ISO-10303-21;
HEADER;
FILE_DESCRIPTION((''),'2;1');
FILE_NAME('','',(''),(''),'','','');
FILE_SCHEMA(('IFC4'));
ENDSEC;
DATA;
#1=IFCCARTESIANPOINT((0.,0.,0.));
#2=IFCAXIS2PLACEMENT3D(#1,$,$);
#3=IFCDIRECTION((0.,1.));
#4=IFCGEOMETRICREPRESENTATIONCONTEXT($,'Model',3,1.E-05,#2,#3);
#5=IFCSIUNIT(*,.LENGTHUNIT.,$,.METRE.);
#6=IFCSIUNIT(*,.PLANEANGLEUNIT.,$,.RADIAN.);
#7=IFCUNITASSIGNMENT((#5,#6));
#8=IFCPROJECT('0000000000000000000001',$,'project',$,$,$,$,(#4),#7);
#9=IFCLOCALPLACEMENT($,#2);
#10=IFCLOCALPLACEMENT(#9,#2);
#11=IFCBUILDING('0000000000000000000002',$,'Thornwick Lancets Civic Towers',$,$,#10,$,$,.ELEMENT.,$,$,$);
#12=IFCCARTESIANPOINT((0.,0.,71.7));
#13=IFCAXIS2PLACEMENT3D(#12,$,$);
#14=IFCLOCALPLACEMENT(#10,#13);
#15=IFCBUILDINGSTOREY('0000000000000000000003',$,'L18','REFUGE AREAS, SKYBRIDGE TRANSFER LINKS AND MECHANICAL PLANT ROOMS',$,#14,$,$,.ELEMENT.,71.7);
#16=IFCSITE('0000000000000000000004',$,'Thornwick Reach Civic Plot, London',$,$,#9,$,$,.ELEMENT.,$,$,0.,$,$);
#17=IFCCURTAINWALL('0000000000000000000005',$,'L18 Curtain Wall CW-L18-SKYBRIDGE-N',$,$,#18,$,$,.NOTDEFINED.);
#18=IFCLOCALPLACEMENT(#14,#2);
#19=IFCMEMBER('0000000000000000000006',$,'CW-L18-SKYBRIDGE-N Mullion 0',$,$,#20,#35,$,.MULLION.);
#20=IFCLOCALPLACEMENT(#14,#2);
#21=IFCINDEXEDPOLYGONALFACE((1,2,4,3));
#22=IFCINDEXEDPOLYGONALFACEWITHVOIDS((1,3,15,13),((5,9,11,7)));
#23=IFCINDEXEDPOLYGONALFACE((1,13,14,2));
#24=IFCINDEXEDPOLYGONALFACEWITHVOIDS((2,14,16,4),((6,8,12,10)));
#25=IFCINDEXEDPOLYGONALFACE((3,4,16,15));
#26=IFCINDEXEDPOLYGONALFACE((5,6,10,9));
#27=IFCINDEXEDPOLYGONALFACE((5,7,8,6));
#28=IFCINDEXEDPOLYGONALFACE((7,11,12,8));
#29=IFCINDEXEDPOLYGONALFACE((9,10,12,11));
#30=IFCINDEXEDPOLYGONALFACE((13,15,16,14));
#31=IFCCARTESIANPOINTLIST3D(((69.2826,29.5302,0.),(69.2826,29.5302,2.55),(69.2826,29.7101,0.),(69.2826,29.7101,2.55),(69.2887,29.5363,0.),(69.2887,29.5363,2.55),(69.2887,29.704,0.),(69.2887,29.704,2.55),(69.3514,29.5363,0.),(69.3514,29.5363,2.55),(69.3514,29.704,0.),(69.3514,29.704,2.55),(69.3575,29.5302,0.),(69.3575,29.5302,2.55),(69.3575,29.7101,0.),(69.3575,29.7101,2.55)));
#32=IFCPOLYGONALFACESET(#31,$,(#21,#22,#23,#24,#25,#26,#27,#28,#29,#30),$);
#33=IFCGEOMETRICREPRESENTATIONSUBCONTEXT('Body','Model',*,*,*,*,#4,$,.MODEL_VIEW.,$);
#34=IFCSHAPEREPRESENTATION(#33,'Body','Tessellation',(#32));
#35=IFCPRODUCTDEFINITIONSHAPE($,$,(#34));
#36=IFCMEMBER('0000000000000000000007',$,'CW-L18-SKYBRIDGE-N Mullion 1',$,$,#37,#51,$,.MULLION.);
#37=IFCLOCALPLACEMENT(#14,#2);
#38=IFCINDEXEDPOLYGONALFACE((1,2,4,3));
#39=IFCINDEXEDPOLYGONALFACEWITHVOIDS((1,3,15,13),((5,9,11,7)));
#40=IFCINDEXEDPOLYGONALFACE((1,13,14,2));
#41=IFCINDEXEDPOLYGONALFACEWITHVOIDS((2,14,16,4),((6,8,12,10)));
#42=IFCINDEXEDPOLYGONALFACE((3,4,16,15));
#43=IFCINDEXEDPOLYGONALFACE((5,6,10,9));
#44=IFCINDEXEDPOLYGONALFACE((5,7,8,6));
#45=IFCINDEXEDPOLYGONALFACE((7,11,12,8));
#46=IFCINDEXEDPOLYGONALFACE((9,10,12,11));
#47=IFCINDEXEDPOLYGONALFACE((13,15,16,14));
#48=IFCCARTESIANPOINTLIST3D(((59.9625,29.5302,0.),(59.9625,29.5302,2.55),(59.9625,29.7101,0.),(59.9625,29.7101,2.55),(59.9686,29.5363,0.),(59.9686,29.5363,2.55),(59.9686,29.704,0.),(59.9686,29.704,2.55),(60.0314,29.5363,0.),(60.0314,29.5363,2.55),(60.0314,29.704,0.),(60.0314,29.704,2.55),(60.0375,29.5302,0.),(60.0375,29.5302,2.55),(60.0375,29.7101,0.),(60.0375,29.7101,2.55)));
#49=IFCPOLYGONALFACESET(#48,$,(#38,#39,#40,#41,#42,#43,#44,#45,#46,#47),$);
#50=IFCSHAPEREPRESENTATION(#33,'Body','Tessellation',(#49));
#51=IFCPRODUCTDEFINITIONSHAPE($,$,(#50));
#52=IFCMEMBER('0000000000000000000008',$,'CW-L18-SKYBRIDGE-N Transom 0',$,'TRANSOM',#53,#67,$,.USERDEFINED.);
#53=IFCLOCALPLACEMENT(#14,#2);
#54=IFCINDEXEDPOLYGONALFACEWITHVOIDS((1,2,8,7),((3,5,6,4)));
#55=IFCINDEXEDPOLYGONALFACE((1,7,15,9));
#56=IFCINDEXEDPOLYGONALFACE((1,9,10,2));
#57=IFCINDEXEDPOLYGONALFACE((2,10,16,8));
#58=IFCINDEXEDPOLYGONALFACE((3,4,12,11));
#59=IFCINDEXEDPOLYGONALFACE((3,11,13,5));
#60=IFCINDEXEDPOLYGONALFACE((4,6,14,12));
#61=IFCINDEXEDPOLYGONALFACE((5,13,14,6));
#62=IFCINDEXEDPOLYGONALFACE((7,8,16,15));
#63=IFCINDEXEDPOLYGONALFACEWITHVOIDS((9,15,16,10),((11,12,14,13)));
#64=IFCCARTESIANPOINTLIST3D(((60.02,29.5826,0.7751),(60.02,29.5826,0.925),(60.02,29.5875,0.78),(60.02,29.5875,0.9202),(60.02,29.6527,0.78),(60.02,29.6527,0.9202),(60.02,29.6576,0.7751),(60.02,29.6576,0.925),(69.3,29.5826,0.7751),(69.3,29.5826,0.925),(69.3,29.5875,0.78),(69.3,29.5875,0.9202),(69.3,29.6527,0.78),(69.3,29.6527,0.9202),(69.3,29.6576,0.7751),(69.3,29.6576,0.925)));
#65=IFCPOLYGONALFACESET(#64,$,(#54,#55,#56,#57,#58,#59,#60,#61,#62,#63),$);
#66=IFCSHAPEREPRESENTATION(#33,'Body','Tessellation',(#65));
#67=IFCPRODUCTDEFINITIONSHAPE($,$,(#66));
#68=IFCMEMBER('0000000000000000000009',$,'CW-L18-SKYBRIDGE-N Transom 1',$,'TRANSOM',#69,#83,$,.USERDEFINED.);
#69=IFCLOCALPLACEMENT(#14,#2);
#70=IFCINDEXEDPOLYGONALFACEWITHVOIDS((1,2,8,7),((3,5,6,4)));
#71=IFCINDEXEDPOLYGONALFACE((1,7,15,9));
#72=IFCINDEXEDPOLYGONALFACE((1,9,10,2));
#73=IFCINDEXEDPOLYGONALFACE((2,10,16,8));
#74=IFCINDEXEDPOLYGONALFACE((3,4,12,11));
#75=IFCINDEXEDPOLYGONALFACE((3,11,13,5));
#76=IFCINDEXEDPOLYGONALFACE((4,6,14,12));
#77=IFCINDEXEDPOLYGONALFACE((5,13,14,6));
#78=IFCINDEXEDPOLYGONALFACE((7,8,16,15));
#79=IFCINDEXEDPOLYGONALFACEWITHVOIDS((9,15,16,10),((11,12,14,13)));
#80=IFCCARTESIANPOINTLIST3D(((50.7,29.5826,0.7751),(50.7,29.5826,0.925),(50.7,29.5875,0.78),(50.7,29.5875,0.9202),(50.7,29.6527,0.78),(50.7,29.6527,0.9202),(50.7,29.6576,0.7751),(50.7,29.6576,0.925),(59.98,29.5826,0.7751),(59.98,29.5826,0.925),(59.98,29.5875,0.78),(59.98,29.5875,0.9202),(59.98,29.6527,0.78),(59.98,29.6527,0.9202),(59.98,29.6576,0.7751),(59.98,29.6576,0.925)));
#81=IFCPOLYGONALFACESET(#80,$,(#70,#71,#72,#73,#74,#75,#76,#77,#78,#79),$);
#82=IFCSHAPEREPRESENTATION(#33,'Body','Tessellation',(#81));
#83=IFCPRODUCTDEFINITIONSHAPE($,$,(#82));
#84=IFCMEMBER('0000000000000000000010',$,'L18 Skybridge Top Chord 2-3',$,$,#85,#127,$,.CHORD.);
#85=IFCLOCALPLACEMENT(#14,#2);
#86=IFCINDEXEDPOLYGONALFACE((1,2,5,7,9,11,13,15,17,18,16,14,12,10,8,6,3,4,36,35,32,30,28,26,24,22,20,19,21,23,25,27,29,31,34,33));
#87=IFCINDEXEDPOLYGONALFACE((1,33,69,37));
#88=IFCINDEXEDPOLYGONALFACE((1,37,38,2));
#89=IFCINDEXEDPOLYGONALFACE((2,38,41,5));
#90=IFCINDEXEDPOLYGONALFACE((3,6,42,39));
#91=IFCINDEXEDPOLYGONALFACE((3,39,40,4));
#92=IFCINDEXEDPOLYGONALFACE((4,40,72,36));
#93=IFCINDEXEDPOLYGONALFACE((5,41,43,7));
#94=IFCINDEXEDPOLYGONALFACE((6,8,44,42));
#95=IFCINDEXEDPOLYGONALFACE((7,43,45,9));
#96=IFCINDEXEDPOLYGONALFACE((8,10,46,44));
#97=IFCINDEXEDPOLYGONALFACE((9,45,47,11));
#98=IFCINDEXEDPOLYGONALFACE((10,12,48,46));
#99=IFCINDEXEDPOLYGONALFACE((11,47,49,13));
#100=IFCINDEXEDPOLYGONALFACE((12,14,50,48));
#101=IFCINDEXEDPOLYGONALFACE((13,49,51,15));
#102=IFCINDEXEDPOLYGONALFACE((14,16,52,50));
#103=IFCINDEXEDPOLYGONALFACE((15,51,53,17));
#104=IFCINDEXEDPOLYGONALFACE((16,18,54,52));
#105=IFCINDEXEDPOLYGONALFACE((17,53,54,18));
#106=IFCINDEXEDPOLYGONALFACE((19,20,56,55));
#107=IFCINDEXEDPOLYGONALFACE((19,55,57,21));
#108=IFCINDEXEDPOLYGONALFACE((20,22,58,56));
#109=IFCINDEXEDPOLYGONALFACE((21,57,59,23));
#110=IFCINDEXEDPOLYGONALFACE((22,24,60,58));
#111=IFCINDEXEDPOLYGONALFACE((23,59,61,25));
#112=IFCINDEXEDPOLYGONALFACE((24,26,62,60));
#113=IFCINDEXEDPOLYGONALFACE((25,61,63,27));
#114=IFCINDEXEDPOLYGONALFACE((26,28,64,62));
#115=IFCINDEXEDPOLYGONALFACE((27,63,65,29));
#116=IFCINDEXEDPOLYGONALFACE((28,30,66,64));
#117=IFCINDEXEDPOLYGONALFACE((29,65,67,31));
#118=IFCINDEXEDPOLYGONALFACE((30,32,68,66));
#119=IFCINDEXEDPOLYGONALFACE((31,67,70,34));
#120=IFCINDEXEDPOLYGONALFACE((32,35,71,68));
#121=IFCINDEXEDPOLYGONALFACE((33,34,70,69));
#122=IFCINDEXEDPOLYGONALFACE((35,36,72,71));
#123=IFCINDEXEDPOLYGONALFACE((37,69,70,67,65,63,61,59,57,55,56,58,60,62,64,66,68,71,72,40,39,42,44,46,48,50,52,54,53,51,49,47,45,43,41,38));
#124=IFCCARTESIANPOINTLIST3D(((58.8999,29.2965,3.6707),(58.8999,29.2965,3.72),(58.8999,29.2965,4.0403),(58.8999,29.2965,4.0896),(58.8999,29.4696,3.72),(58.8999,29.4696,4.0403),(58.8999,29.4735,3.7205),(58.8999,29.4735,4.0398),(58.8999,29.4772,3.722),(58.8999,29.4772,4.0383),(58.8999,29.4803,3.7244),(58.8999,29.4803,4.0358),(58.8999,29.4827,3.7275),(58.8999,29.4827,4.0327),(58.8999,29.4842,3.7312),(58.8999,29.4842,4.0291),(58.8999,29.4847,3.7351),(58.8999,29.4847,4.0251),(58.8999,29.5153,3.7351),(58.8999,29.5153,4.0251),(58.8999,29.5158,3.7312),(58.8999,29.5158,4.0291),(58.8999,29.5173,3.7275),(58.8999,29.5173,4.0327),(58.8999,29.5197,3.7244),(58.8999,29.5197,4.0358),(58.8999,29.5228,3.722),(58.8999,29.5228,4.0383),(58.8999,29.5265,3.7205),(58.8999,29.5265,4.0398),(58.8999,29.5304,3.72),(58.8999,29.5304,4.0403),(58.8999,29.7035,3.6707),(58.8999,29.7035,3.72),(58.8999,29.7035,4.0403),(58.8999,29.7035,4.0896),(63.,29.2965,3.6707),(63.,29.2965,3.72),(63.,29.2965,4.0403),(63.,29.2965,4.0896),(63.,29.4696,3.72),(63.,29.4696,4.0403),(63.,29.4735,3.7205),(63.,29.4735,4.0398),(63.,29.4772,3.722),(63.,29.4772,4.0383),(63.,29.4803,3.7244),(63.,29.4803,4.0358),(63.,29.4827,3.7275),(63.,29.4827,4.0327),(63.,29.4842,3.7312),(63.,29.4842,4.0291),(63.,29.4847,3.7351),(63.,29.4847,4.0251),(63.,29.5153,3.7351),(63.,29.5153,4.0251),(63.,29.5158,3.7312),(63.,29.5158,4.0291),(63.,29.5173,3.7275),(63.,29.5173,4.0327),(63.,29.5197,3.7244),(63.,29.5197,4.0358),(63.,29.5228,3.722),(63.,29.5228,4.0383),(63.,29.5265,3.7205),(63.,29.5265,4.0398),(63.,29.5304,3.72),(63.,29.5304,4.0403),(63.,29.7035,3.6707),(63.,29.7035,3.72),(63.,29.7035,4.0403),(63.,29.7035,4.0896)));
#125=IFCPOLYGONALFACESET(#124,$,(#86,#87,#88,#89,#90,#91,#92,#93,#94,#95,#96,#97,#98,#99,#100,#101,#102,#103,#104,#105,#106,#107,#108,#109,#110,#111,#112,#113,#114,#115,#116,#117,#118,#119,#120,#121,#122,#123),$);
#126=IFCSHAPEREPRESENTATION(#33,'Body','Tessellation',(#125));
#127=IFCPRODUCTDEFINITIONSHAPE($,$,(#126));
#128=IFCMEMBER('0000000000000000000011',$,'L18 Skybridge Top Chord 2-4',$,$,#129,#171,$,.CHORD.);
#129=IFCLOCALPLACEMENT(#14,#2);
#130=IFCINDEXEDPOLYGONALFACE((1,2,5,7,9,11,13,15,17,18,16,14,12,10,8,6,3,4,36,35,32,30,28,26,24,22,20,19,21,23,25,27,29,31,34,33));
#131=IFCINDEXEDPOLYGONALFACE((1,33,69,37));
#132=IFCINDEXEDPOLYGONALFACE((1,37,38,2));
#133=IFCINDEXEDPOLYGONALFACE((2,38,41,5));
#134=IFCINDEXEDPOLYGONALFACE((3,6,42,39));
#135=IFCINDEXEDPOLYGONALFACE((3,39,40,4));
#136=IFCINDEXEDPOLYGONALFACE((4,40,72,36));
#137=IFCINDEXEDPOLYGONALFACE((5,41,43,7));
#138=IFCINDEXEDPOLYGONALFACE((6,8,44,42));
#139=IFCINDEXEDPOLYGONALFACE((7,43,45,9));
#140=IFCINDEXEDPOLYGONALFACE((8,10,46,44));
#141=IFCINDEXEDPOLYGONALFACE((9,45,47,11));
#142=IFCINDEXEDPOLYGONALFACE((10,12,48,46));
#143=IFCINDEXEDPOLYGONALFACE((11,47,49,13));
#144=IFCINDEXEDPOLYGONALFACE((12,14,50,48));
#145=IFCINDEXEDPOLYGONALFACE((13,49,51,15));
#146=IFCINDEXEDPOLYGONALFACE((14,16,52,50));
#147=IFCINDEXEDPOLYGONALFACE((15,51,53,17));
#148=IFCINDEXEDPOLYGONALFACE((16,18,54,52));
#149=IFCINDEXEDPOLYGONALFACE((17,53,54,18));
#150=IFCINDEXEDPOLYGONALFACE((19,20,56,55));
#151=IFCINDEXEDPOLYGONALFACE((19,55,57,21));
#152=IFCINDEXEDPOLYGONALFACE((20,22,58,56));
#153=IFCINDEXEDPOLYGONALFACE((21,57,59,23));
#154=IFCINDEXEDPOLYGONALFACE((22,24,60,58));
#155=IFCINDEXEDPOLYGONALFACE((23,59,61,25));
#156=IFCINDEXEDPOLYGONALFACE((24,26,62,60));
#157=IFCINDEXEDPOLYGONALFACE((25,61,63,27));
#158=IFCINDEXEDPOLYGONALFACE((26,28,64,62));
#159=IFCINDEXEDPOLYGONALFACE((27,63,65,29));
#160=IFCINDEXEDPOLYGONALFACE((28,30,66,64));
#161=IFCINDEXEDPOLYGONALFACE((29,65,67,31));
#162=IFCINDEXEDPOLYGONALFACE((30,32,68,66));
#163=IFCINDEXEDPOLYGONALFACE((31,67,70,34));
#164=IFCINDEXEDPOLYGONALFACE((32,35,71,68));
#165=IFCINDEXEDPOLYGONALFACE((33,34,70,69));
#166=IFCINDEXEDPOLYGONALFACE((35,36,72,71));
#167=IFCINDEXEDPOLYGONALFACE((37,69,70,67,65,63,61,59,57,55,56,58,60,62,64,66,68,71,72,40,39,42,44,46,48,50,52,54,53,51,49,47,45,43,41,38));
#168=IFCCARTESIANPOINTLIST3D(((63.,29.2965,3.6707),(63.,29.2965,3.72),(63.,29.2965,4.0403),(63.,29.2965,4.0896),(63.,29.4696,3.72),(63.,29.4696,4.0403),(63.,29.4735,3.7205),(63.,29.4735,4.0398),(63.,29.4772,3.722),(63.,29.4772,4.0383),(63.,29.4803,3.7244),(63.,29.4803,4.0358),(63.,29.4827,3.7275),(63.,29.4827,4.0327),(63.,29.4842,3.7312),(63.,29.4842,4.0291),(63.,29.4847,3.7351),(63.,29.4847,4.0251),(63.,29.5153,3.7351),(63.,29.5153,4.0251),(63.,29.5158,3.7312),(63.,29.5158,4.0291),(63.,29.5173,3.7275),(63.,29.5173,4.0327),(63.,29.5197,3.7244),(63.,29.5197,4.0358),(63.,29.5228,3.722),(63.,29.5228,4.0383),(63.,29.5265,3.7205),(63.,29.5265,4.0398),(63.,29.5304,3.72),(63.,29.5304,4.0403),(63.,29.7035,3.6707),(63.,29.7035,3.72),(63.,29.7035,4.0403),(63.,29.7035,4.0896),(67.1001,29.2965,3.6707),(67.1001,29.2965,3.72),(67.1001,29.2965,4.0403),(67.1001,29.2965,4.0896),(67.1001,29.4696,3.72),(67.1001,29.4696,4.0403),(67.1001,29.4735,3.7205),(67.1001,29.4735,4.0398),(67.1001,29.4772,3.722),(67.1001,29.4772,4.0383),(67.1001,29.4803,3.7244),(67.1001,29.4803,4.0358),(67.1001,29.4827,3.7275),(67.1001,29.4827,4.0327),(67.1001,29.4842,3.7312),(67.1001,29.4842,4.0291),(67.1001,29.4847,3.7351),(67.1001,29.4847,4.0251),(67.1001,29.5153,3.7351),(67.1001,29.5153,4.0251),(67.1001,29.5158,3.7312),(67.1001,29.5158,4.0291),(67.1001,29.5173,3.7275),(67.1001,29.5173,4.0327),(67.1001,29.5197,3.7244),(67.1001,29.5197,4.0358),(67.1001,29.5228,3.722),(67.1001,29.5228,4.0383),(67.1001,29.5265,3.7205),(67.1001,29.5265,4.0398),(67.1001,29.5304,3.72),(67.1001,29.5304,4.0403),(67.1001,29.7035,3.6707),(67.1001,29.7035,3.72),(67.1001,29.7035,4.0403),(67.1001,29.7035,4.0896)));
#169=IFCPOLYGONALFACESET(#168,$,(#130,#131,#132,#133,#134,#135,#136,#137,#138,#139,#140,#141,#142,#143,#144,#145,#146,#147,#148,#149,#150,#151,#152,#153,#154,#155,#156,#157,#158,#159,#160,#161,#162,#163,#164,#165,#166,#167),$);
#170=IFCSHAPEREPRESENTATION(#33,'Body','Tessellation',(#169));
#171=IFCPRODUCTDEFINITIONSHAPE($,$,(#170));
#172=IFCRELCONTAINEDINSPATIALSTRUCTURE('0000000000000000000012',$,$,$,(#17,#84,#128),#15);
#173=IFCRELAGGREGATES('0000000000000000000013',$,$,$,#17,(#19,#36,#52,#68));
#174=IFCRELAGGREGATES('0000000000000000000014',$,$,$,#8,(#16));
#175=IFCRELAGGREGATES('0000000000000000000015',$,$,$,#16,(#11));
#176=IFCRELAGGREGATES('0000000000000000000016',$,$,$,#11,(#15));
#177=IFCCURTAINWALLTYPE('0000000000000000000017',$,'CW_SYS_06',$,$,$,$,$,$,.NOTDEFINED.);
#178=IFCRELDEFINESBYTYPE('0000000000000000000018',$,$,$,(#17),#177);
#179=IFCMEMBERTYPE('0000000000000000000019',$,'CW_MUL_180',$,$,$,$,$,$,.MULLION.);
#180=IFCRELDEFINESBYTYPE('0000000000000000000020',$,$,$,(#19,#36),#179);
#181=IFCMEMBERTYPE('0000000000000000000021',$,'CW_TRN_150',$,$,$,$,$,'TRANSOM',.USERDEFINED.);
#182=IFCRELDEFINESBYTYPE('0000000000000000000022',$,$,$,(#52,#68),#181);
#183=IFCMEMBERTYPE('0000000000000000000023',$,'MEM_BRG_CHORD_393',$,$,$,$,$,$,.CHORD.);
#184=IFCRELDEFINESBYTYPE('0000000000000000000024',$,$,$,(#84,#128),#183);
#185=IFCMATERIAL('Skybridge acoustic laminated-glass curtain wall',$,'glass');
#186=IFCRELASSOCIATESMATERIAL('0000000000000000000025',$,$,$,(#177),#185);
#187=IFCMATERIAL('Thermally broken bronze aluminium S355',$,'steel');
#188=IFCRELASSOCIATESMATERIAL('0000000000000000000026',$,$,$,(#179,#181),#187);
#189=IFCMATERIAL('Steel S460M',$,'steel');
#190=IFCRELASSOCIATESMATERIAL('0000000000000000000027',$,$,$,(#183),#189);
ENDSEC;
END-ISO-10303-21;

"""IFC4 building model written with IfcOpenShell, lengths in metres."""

from ifc_helpers import new_model, si_unit, direction, frame, origin, origin_2d, place, context, subcontext, project, spatial, hollow_rectangle, i_section, extrude, material, material_profile, profile_set, type_object, element, aggregate, save


model = new_model("IFC4")

# Units and contexts
model_context = context("Model", 3, precision=1e-05, world=origin(), true_north=direction((0.0, 1.0)))
body_context = subcontext(model_context, "Body", "Model", "MODEL_VIEW")
ifc_project = project(units=[si_unit("LENGTHUNIT", "METRE"), si_unit("PLANEANGLEUNIT", "RADIAN")], contexts=[model_context])

# Site, building, storey
site_placement = place(None, origin())
site = spatial("IfcSite", under=ifc_project, at=site_placement, Name="Thornwick Reach Civic Plot, London", CompositionType="ELEMENT", RefElevation=0.0)
building_placement = place(site_placement, origin())
building = spatial("IfcBuilding", under=site, at=building_placement, Name="Thornwick Lancets Civic Towers", CompositionType="ELEMENT")
storey_placement = place(building_placement, frame((0.0, 0.0, 71.7)))
storey = spatial("IfcBuildingStorey", under=building, at=storey_placement, Name="L18", Description="REFUGE AREAS, SKYBRIDGE TRANSFER LINKS AND MECHANICAL PLANT ROOMS", CompositionType="ELEMENT", Elevation=71.7)

# Curtain wall, members
ifc_material_1 = material(Name="Skybridge acoustic laminated-glass curtain wall", Category="glass")
curtain_wall_type = type_object("IfcCurtainWallType", Name="CW_SYS_06", PredefinedType="NOTDEFINED", material=ifc_material_1)
curtain_wall_placement = place(storey_placement, origin())
curtain_wall = element("IfcCurtainWall", 1, at=curtain_wall_placement, inside=storey, type_object=curtain_wall_type, Name="L18 Curtain Wall CW-L18-SKYBRIDGE-N", PredefinedType="NOTDEFINED")
ifc_material_2 = material(Name="Thermally broken bronze aluminium S355", Category="steel")
ifc_material_profile_1 = material_profile(ifc_material_2, hollow_rectangle(XDim=0.075, YDim=0.1799, WallThickness=0.0061, at=origin_2d()), Name="RHS 180x75x6")
ifc_profile_set_1 = profile_set([ifc_material_profile_1], Name="Thermally broken bronze aluminium S355")
member_type_1 = type_object("IfcMemberType", Name="CW_MUL_180", PredefinedType="MULLION", material=ifc_profile_set_1)
member_1_placement = place(storey_placement, frame((69.3201, 29.6201, 0.0), z_axis=(0.0, 0.0, 1.0), x_axis=(1.0, 0.0, 0.0)))
member_1 = element("IfcMember", 2, at=member_1_placement, type_object=member_type_1, Name="CW-L18-SKYBRIDGE-N Mullion 0", PredefinedType="MULLION", context=body_context, shape_type="SweptSolid", body=[
    extrude(hollow_rectangle(XDim=0.075, YDim=0.1799, WallThickness=0.0061, at=origin_2d()), origin(), (0.0, 0.0, 1.0), 2.55),
])
member_2_placement = place(storey_placement, frame((60.0, 29.6201, 0.0), z_axis=(0.0, 0.0, 1.0), x_axis=(1.0, 0.0, 0.0)))
member_2 = element("IfcMember", 3, at=member_2_placement, type_object=member_type_1, Name="CW-L18-SKYBRIDGE-N Mullion 1", PredefinedType="MULLION", context=body_context, shape_type="SweptSolid", body=[
    extrude(hollow_rectangle(XDim=0.075, YDim=0.1799, WallThickness=0.0061, at=origin_2d()), origin(), (0.0, 0.0, 1.0), 2.55),
])
ifc_material_profile_2 = material_profile(ifc_material_2, hollow_rectangle(XDim=0.075, YDim=0.1499, WallThickness=0.0049, at=origin_2d()), Name="RHS 150x75x5")
ifc_profile_set_2 = profile_set([ifc_material_profile_2], Name="Thermally broken bronze aluminium S355")
member_type_2 = type_object("IfcMemberType", Name="CW_TRN_150", ElementType="TRANSOM", PredefinedType="USERDEFINED", material=ifc_profile_set_2)
member_3_placement = place(storey_placement, frame((69.3, 29.6201, 0.8501), z_axis=(-1.0, 0.0, 0.0), x_axis=(0.0, -1.0, 0.0)))
member_3 = element("IfcMember", 4, at=member_3_placement, type_object=member_type_2, Name="CW-L18-SKYBRIDGE-N Transom 0", ObjectType="TRANSOM", PredefinedType="USERDEFINED", context=body_context, shape_type="SweptSolid", body=[
    extrude(hollow_rectangle(XDim=0.075, YDim=0.1499, WallThickness=0.0049, at=origin_2d()), origin(), (0.0, 0.0, 1.0), 9.28),
])
member_4_placement = place(storey_placement, frame((59.98, 29.6201, 0.8501), z_axis=(-1.0, 0.0, 0.0), x_axis=(0.0, -1.0, 0.0)))
member_4 = element("IfcMember", 5, at=member_4_placement, type_object=member_type_2, Name="CW-L18-SKYBRIDGE-N Transom 1", ObjectType="TRANSOM", PredefinedType="USERDEFINED", context=body_context, shape_type="SweptSolid", body=[
    extrude(hollow_rectangle(XDim=0.075, YDim=0.1499, WallThickness=0.0049, at=origin_2d()), origin(), (0.0, 0.0, 1.0), 9.28),
])

# Members
ifc_material_3 = material(Name="Steel S460M", Category="steel")
ifc_material_profile_3 = material_profile(ifc_material_3, i_section(OverallWidth=0.407, OverallDepth=0.4189, WebThickness=0.0305, FlangeThickness=0.0493, FilletRadius=0.0151, at=origin_2d()), Name="UKC 356x406x393")
ifc_profile_set_3 = profile_set([ifc_material_profile_3], Name="Steel S460M")
member_type_3 = type_object("IfcMemberType", Name="MEM_BRG_CHORD_393", PredefinedType="CHORD", material=ifc_profile_set_3)
for number, where, z_axis, x_axis, name in (
    (6, (58.8999, 29.5, 3.8801), (1.0, 0.0, 0.0), (0.0, 1.0, 0.0), "L18 Skybridge Top Chord 2-3"),
    (7, (63.0, 29.5, 3.8801), (1.0, 0.0, 0.0), (0.0, 1.0, 0.0), "L18 Skybridge Top Chord 2-4"),
):
    element("IfcMember", number, at=place(storey_placement, frame(where, z_axis=z_axis, x_axis=x_axis)), inside=storey, type_object=member_type_3, Name=name, PredefinedType="CHORD", context=body_context, shape_type="SweptSolid", body=[
        extrude(i_section(OverallWidth=0.407, OverallDepth=0.4189, WebThickness=0.0305, FlangeThickness=0.0493, FilletRadius=0.0151, at=origin_2d()), origin(), (0.0, 0.0, 1.0), 4.1001),
    ])

aggregate(curtain_wall, [member_1, member_2, member_3, member_4])

save(model, "model.ifc")
